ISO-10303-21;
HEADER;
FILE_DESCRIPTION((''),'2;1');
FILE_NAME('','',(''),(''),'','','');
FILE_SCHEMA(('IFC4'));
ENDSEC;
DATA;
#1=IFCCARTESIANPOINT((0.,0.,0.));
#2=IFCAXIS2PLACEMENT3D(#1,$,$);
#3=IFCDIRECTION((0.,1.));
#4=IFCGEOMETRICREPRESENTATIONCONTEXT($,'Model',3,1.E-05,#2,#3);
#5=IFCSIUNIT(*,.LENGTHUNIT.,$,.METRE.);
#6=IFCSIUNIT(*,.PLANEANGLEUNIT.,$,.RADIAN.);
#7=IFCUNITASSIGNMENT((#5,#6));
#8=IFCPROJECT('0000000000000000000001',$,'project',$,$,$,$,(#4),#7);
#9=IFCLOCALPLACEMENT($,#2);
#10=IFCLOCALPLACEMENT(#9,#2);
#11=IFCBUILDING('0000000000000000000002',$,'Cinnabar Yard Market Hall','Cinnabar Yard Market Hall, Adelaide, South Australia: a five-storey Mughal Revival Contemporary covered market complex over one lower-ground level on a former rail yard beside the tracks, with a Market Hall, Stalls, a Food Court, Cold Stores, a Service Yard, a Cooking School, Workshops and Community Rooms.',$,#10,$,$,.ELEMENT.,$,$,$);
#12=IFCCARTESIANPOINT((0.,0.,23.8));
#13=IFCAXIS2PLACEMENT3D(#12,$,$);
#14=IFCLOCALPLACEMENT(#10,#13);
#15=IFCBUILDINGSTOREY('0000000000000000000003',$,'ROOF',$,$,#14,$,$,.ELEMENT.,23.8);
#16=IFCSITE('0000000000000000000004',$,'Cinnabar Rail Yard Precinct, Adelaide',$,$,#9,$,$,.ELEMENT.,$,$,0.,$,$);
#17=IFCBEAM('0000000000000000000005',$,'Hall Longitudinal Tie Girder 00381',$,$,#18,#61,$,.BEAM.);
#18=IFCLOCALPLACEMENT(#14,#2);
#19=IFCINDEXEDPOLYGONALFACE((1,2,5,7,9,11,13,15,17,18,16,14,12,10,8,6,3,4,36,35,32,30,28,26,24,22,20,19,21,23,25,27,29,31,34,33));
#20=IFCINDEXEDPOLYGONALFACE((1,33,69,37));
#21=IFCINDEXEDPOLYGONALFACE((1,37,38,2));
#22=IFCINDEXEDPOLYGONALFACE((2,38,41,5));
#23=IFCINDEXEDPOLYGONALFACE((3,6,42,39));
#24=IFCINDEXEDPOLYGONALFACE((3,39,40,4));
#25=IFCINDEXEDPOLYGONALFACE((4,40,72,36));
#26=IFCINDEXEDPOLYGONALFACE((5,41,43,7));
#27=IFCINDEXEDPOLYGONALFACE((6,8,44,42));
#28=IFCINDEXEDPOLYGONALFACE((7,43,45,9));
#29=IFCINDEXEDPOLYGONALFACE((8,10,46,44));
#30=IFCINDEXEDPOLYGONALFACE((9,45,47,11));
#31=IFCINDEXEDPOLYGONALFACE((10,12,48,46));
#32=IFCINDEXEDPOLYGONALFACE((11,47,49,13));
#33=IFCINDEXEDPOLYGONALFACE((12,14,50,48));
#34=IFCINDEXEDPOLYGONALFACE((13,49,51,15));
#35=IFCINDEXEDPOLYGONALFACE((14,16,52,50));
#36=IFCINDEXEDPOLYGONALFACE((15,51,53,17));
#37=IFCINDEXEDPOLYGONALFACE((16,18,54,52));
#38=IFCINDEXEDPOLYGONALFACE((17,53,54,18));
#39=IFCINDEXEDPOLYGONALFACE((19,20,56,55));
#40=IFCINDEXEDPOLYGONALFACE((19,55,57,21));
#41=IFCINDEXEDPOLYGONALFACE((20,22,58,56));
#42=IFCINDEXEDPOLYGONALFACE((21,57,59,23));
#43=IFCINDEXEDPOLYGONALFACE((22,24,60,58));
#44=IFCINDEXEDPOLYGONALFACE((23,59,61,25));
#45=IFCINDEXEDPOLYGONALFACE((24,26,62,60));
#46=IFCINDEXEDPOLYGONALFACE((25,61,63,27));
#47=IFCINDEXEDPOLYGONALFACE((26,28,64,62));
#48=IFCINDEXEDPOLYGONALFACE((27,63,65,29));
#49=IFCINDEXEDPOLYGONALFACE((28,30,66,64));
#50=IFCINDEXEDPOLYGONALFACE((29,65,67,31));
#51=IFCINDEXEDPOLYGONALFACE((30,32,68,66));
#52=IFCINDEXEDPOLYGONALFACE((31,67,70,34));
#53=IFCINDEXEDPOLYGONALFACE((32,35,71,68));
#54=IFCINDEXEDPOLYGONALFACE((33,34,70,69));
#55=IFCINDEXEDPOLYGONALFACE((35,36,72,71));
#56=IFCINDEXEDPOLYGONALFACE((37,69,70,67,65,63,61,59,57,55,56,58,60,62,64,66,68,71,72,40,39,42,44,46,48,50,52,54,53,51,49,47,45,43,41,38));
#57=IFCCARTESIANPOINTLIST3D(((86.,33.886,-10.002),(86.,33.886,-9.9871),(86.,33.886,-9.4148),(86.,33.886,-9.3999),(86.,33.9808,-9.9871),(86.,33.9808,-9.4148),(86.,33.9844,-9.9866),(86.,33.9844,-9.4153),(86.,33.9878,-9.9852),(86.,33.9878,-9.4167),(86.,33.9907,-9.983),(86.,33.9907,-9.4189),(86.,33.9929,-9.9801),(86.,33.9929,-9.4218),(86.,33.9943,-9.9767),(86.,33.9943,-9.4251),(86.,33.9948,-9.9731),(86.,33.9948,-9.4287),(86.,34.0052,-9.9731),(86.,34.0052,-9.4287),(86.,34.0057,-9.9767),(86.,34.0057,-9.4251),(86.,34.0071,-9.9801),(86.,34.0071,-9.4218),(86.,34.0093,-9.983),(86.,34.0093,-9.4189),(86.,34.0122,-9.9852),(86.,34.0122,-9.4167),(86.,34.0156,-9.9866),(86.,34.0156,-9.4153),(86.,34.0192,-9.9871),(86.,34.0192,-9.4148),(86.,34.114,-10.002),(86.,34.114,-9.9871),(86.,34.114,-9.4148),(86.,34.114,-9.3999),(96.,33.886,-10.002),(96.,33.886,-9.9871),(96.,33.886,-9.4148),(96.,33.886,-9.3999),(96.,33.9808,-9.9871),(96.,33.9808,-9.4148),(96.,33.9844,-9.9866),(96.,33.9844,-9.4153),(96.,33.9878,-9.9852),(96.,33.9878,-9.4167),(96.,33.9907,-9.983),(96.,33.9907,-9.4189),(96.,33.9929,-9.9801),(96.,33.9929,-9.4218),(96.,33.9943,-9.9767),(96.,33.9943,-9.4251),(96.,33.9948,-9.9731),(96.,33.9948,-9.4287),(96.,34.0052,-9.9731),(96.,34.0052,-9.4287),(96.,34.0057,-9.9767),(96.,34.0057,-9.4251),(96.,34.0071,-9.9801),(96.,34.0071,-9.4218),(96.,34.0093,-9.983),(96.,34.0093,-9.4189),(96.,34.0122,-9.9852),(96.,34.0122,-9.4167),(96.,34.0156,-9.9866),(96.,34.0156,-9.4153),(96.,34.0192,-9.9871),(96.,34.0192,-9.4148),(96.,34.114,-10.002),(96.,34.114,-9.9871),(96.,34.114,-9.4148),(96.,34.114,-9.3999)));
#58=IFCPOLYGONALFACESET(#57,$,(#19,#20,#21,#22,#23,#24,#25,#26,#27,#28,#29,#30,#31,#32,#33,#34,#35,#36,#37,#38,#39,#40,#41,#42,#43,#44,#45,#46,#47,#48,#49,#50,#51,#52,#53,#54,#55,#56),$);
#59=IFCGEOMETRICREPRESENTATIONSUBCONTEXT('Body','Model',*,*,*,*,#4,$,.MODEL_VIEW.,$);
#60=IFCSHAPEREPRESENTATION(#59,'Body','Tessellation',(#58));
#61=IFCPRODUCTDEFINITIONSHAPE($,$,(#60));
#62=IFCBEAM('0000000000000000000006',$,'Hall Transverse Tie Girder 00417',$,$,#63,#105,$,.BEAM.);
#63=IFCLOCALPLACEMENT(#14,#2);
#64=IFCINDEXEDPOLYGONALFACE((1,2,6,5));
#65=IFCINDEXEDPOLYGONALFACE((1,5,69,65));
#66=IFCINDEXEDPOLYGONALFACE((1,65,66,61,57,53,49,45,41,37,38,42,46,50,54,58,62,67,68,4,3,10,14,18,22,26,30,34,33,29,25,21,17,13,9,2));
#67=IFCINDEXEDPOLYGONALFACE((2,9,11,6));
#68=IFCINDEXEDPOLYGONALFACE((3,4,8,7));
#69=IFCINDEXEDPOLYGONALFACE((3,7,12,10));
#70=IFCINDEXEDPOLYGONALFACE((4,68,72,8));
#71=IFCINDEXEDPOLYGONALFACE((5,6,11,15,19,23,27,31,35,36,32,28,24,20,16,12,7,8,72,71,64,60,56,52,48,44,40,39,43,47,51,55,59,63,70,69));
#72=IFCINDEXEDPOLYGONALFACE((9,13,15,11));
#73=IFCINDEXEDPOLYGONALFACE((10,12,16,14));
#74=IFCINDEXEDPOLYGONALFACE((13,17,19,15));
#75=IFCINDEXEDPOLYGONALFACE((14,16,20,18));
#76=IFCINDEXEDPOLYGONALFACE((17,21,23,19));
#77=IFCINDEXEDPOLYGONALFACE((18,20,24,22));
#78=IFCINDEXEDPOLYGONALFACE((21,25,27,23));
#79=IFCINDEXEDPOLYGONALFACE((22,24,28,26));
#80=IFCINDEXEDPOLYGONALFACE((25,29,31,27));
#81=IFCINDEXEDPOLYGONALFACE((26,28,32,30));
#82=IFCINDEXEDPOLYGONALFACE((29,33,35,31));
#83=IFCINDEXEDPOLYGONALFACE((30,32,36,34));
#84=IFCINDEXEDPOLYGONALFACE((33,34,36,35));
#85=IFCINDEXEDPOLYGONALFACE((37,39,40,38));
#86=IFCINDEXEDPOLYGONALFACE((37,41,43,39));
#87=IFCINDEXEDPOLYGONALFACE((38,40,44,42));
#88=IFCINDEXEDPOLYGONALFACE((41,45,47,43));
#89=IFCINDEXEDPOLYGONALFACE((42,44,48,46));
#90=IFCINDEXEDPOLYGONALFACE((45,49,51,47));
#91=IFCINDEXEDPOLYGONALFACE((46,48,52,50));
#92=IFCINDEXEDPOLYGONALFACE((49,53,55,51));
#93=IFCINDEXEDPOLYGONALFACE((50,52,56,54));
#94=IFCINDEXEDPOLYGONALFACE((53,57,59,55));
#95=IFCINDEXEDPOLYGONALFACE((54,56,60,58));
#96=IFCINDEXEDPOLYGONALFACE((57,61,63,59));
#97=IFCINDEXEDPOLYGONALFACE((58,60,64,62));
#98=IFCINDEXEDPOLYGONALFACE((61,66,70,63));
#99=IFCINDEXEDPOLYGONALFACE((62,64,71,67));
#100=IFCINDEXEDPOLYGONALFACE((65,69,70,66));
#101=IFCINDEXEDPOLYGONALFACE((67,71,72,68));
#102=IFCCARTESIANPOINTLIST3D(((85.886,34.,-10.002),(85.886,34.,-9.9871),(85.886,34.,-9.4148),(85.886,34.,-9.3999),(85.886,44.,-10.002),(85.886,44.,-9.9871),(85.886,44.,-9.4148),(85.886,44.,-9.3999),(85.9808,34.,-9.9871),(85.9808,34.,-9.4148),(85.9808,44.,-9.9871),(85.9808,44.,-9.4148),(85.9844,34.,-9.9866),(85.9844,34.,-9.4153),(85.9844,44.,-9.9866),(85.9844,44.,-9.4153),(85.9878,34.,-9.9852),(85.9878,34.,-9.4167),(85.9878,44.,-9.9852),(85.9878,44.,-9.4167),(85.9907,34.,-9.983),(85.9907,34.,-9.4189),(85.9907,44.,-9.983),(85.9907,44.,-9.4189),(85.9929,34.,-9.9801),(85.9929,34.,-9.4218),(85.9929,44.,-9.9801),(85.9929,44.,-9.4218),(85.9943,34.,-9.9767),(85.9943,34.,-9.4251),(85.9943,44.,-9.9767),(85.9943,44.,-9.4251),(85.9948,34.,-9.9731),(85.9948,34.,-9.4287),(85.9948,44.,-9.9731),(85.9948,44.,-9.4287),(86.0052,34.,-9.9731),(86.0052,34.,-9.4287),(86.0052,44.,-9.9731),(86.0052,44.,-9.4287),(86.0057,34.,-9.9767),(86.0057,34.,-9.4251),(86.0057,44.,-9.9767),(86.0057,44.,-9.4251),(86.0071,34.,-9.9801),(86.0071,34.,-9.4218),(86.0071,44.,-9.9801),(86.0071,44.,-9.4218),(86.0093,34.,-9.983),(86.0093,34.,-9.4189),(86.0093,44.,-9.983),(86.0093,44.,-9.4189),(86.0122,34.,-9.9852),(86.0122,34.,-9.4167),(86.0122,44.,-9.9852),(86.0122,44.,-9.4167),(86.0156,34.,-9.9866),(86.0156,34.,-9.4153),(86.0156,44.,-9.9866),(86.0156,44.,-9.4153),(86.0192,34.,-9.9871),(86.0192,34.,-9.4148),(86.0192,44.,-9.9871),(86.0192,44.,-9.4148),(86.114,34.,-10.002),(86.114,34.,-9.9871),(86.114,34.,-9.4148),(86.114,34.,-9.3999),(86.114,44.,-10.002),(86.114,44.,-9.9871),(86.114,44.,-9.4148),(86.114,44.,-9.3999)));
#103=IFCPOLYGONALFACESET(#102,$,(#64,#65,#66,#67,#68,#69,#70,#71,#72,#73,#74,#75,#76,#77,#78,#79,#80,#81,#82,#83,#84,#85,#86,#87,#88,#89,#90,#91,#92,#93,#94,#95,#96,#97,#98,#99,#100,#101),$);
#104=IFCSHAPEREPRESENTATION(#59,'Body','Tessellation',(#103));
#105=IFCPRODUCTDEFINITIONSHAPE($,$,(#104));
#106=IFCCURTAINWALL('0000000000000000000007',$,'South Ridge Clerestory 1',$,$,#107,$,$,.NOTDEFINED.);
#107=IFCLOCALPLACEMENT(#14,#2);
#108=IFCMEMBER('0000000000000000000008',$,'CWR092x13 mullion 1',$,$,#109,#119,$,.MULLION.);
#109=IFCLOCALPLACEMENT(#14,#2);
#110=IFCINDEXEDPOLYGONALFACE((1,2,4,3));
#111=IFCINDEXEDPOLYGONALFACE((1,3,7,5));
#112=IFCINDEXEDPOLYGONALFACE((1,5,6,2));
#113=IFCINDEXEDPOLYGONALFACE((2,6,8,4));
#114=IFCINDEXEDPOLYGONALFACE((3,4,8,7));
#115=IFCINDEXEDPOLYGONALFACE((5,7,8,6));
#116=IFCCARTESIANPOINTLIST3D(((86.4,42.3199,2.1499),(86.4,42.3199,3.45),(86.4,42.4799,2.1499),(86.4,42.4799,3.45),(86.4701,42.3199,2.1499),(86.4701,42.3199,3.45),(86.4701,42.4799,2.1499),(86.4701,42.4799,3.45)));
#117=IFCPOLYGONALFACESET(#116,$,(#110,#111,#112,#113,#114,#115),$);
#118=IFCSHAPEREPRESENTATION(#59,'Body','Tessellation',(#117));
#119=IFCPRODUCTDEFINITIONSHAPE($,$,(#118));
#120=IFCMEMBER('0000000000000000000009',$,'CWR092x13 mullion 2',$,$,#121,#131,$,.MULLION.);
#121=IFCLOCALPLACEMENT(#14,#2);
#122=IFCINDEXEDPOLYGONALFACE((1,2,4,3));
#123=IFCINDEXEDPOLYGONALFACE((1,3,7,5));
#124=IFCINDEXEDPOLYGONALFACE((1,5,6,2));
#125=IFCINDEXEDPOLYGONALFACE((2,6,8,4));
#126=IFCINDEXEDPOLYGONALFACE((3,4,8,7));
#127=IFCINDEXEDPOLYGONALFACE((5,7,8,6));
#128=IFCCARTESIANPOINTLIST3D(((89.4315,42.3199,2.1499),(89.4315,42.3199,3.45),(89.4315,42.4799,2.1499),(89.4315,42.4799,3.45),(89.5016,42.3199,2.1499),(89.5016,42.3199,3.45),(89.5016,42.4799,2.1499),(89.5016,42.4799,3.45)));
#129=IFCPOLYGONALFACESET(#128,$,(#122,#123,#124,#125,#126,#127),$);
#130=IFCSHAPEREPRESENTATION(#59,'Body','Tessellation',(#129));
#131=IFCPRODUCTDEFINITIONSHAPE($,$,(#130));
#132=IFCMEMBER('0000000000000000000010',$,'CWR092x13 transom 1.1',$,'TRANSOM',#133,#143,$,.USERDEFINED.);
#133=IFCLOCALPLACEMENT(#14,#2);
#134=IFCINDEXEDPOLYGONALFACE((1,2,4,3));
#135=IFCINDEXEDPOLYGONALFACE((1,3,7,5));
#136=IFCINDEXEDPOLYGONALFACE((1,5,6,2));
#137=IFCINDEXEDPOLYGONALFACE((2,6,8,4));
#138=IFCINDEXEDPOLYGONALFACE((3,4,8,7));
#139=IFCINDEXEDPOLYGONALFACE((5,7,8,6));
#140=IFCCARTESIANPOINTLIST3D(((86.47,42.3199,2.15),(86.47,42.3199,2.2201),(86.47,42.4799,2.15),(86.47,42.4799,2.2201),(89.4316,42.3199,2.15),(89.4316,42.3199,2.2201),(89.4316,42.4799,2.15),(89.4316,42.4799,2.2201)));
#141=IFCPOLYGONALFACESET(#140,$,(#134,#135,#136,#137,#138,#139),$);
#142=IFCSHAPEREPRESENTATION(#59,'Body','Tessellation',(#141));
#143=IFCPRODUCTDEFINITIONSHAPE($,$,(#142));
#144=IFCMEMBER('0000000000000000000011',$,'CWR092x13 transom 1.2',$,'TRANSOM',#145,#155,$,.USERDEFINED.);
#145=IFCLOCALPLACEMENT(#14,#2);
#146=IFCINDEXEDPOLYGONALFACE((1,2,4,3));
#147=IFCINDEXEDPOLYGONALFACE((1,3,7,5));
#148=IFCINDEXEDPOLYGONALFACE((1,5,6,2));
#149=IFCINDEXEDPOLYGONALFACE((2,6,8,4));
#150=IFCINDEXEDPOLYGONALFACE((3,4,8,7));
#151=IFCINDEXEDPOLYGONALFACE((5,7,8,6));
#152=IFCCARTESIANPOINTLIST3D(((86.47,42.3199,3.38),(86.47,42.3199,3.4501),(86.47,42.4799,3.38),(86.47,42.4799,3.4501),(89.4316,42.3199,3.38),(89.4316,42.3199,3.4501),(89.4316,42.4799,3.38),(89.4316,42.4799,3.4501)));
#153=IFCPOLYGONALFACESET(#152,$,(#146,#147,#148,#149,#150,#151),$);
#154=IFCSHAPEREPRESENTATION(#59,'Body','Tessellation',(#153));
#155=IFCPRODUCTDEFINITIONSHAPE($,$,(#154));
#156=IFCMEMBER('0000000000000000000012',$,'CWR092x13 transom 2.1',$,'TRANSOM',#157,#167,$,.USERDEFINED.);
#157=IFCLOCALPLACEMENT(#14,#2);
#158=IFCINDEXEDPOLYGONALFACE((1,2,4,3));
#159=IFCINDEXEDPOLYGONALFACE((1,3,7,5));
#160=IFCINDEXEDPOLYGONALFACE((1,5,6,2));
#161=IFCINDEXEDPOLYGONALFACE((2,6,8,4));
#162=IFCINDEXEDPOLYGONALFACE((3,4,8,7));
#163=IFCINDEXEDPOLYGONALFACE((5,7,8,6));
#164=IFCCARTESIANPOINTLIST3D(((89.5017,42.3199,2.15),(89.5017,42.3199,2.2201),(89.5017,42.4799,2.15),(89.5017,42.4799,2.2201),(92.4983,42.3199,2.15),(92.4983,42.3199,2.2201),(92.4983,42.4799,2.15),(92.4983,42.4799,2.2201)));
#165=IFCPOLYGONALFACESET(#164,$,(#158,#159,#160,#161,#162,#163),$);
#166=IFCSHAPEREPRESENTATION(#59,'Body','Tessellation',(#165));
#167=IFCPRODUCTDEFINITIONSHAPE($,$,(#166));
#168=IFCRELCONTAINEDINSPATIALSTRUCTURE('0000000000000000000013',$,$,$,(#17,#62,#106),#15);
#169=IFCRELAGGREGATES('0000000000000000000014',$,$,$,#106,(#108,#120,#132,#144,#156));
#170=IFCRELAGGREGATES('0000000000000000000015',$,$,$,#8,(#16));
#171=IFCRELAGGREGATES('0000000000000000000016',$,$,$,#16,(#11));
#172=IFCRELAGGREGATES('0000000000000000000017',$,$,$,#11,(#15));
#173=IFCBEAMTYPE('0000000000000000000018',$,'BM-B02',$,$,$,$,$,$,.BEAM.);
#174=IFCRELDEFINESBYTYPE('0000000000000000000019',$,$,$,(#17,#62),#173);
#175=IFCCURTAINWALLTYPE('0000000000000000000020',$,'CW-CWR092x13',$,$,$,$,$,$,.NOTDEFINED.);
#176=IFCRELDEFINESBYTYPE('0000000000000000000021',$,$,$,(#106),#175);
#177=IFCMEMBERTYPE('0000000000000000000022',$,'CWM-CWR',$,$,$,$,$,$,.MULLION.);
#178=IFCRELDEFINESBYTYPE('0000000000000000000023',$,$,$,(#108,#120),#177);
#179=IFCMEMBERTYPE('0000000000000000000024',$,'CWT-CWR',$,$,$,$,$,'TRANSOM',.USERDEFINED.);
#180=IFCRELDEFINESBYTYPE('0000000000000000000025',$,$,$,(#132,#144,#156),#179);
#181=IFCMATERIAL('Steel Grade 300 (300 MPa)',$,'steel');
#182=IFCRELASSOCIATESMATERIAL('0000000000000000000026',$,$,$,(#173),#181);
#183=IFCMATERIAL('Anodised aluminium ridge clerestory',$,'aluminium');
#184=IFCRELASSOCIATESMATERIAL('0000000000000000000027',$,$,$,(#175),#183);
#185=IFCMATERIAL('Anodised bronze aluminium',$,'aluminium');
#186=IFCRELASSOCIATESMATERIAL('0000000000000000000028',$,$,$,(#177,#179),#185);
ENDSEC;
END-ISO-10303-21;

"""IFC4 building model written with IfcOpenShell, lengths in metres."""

from ifc_helpers import new_model, si_unit, direction, frame, origin, origin_2d_with_axis, place, context, subcontext, project, spatial, rectangle, i_section, extrude, material, material_profile, profile_set, type_object, element, aggregate, save


model = new_model("IFC4")

# Units and contexts
model_context = context("Model", 3, precision=1e-05, world=origin(), true_north=direction((0.0, 1.0)))
body_context = subcontext(model_context, "Body", "Model", "MODEL_VIEW")
ifc_project = project(units=[si_unit("LENGTHUNIT", "METRE"), si_unit("PLANEANGLEUNIT", "RADIAN")], contexts=[model_context])

# Site, building, storey
site_placement = place(None, origin())
site = spatial("IfcSite", under=ifc_project, at=site_placement, Name="Cinnabar Rail Yard Precinct, Adelaide", CompositionType="ELEMENT", RefElevation=0.0)
building_placement = place(site_placement, origin())
building = spatial("IfcBuilding", under=site, at=building_placement, Name="Cinnabar Yard Market Hall", Description="Cinnabar Yard Market Hall, Adelaide, South Australia: a five-storey Mughal Revival Contemporary covered market complex over one lower-ground level on a former rail yard beside the tracks, with a Market Hall, Stalls, a Food Court, Cold Stores, a Service Yard, a Cooking School, Workshops and Community Rooms.", CompositionType="ELEMENT")
storey_placement = place(building_placement, frame((0.0, 0.0, 23.8)))
storey = spatial("IfcBuildingStorey", under=building, at=storey_placement, Name="ROOF", CompositionType="ELEMENT", Elevation=23.8)

# Beams
ifc_material_1 = material(Name="Steel Grade 300 (300 MPa)", Category="steel")
ifc_material_profile_1 = material_profile(ifc_material_1, i_section(OverallWidth=0.228, OverallDepth=0.6021, WebThickness=0.0105, FlangeThickness=0.0149, FilletRadius=0.0139, at=origin_2d_with_axis()), Name="610UB101")
ifc_profile_set_1 = profile_set([ifc_material_profile_1], Name="Steel Grade 300 (300 MPa)")
beam_type = type_object("IfcBeamType", Name="BM-B02", PredefinedType="BEAM", material=ifc_profile_set_1)
for number, where, z_axis, x_axis, name in (
    (1, (86.0, 34.0, -9.7009), (1.0, 0.0, 0.0), (0.0, 1.0, 0.0), "Hall Longitudinal Tie Girder 00381"),
    (2, (86.0, 34.0, -9.7009), (0.0, 1.0, 0.0), (-1.0, 0.0, 0.0), "Hall Transverse Tie Girder 00417"),
):
    element("IfcBeam", number, at=place(storey_placement, frame(where, z_axis=z_axis, x_axis=x_axis)), inside=storey, type_object=beam_type, Name=name, PredefinedType="BEAM", context=body_context, shape_type="SweptSolid", body=[
        extrude(i_section(OverallWidth=0.228, OverallDepth=0.6021, WebThickness=0.0105, FlangeThickness=0.0149, FilletRadius=0.0139, at=origin_2d_with_axis()), origin(), (0.0, 0.0, 1.0), 10.0),
    ])

# Curtain wall, members
ifc_material_2 = material(Name="Anodised aluminium ridge clerestory", Category="aluminium")
curtain_wall_type = type_object("IfcCurtainWallType", Name="CW-CWR092x13", PredefinedType="NOTDEFINED", material=ifc_material_2)
curtain_wall_placement = place(storey_placement, origin())
curtain_wall = element("IfcCurtainWall", 3, at=curtain_wall_placement, inside=storey, type_object=curtain_wall_type, Name="South Ridge Clerestory 1", PredefinedType="NOTDEFINED")
ifc_material_3 = material(Name="Anodised bronze aluminium", Category="aluminium")
ifc_material_profile_2 = material_profile(ifc_material_3, rectangle(XDim=0.1599, YDim=0.0701, at=origin_2d_with_axis()), Name="MUL-CWR")
ifc_profile_set_2 = profile_set([ifc_material_profile_2], Name="Anodised bronze aluminium")
member_type_1 = type_object("IfcMemberType", Name="CWM-CWR", PredefinedType="MULLION", material=ifc_profile_set_2)
member_1_placement = place(storey_placement, frame((86.4351, 42.3999, 2.1499), z_axis=(0.0, 0.0, 1.0), x_axis=(0.0, 1.0, 0.0)))
member_1 = element("IfcMember", 4, at=member_1_placement, type_object=member_type_1, Name="CWR092x13 mullion 1", PredefinedType="MULLION", context=body_context, shape_type="SweptSolid", body=[
    extrude(rectangle(XDim=0.1599, YDim=0.0701, at=origin_2d_with_axis()), origin(), (0.0, 0.0, 1.0), 1.3),
])
member_2_placement = place(storey_placement, frame((89.4666, 42.3999, 2.1499), z_axis=(0.0, 0.0, 1.0), x_axis=(0.0, 1.0, 0.0)))
member_2 = element("IfcMember", 5, at=member_2_placement, type_object=member_type_1, Name="CWR092x13 mullion 2", PredefinedType="MULLION", context=body_context, shape_type="SweptSolid", body=[
    extrude(rectangle(XDim=0.1599, YDim=0.0701, at=origin_2d_with_axis()), origin(), (0.0, 0.0, 1.0), 1.3),
])
ifc_material_profile_3 = material_profile(ifc_material_3, rectangle(XDim=0.1599, YDim=0.0701, at=origin_2d_with_axis()), Name="TRN-CWR")
ifc_profile_set_3 = profile_set([ifc_material_profile_3], Name="Anodised bronze aluminium")
member_type_2 = type_object("IfcMemberType", Name="CWT-CWR", ElementType="TRANSOM", PredefinedType="USERDEFINED", material=ifc_profile_set_3)
member_3_placement = place(storey_placement, frame((86.47, 42.3999, 2.1851), z_axis=(1.0, 0.0, 0.0), x_axis=(0.0, 1.0, 0.0)))
member_3 = element("IfcMember", 6, at=member_3_placement, type_object=member_type_2, Name="CWR092x13 transom 1.1", ObjectType="TRANSOM", PredefinedType="USERDEFINED", context=body_context, shape_type="SweptSolid", body=[
    extrude(rectangle(XDim=0.1599, YDim=0.0701, at=origin_2d_with_axis()), origin(), (0.0, 0.0, 1.0), 2.9617),
])
member_4_placement = place(storey_placement, frame((86.47, 42.3999, 3.415), z_axis=(1.0, 0.0, 0.0), x_axis=(0.0, 1.0, 0.0)))
member_4 = element("IfcMember", 7, at=member_4_placement, type_object=member_type_2, Name="CWR092x13 transom 1.2", ObjectType="TRANSOM", PredefinedType="USERDEFINED", context=body_context, shape_type="SweptSolid", body=[
    extrude(rectangle(XDim=0.1599, YDim=0.0701, at=origin_2d_with_axis()), origin(), (0.0, 0.0, 1.0), 2.9617),
])
member_5_placement = place(storey_placement, frame((89.5017, 42.3999, 2.1851), z_axis=(1.0, 0.0, 0.0), x_axis=(0.0, 1.0, 0.0)))
member_5 = element("IfcMember", 8, at=member_5_placement, type_object=member_type_2, Name="CWR092x13 transom 2.1", ObjectType="TRANSOM", PredefinedType="USERDEFINED", context=body_context, shape_type="SweptSolid", body=[
    extrude(rectangle(XDim=0.1599, YDim=0.0701, at=origin_2d_with_axis()), origin(), (0.0, 0.0, 1.0), 2.9966),
])

aggregate(curtain_wall, [member_1, member_2, member_3, member_4, member_5])

save(model, "model.ifc")
